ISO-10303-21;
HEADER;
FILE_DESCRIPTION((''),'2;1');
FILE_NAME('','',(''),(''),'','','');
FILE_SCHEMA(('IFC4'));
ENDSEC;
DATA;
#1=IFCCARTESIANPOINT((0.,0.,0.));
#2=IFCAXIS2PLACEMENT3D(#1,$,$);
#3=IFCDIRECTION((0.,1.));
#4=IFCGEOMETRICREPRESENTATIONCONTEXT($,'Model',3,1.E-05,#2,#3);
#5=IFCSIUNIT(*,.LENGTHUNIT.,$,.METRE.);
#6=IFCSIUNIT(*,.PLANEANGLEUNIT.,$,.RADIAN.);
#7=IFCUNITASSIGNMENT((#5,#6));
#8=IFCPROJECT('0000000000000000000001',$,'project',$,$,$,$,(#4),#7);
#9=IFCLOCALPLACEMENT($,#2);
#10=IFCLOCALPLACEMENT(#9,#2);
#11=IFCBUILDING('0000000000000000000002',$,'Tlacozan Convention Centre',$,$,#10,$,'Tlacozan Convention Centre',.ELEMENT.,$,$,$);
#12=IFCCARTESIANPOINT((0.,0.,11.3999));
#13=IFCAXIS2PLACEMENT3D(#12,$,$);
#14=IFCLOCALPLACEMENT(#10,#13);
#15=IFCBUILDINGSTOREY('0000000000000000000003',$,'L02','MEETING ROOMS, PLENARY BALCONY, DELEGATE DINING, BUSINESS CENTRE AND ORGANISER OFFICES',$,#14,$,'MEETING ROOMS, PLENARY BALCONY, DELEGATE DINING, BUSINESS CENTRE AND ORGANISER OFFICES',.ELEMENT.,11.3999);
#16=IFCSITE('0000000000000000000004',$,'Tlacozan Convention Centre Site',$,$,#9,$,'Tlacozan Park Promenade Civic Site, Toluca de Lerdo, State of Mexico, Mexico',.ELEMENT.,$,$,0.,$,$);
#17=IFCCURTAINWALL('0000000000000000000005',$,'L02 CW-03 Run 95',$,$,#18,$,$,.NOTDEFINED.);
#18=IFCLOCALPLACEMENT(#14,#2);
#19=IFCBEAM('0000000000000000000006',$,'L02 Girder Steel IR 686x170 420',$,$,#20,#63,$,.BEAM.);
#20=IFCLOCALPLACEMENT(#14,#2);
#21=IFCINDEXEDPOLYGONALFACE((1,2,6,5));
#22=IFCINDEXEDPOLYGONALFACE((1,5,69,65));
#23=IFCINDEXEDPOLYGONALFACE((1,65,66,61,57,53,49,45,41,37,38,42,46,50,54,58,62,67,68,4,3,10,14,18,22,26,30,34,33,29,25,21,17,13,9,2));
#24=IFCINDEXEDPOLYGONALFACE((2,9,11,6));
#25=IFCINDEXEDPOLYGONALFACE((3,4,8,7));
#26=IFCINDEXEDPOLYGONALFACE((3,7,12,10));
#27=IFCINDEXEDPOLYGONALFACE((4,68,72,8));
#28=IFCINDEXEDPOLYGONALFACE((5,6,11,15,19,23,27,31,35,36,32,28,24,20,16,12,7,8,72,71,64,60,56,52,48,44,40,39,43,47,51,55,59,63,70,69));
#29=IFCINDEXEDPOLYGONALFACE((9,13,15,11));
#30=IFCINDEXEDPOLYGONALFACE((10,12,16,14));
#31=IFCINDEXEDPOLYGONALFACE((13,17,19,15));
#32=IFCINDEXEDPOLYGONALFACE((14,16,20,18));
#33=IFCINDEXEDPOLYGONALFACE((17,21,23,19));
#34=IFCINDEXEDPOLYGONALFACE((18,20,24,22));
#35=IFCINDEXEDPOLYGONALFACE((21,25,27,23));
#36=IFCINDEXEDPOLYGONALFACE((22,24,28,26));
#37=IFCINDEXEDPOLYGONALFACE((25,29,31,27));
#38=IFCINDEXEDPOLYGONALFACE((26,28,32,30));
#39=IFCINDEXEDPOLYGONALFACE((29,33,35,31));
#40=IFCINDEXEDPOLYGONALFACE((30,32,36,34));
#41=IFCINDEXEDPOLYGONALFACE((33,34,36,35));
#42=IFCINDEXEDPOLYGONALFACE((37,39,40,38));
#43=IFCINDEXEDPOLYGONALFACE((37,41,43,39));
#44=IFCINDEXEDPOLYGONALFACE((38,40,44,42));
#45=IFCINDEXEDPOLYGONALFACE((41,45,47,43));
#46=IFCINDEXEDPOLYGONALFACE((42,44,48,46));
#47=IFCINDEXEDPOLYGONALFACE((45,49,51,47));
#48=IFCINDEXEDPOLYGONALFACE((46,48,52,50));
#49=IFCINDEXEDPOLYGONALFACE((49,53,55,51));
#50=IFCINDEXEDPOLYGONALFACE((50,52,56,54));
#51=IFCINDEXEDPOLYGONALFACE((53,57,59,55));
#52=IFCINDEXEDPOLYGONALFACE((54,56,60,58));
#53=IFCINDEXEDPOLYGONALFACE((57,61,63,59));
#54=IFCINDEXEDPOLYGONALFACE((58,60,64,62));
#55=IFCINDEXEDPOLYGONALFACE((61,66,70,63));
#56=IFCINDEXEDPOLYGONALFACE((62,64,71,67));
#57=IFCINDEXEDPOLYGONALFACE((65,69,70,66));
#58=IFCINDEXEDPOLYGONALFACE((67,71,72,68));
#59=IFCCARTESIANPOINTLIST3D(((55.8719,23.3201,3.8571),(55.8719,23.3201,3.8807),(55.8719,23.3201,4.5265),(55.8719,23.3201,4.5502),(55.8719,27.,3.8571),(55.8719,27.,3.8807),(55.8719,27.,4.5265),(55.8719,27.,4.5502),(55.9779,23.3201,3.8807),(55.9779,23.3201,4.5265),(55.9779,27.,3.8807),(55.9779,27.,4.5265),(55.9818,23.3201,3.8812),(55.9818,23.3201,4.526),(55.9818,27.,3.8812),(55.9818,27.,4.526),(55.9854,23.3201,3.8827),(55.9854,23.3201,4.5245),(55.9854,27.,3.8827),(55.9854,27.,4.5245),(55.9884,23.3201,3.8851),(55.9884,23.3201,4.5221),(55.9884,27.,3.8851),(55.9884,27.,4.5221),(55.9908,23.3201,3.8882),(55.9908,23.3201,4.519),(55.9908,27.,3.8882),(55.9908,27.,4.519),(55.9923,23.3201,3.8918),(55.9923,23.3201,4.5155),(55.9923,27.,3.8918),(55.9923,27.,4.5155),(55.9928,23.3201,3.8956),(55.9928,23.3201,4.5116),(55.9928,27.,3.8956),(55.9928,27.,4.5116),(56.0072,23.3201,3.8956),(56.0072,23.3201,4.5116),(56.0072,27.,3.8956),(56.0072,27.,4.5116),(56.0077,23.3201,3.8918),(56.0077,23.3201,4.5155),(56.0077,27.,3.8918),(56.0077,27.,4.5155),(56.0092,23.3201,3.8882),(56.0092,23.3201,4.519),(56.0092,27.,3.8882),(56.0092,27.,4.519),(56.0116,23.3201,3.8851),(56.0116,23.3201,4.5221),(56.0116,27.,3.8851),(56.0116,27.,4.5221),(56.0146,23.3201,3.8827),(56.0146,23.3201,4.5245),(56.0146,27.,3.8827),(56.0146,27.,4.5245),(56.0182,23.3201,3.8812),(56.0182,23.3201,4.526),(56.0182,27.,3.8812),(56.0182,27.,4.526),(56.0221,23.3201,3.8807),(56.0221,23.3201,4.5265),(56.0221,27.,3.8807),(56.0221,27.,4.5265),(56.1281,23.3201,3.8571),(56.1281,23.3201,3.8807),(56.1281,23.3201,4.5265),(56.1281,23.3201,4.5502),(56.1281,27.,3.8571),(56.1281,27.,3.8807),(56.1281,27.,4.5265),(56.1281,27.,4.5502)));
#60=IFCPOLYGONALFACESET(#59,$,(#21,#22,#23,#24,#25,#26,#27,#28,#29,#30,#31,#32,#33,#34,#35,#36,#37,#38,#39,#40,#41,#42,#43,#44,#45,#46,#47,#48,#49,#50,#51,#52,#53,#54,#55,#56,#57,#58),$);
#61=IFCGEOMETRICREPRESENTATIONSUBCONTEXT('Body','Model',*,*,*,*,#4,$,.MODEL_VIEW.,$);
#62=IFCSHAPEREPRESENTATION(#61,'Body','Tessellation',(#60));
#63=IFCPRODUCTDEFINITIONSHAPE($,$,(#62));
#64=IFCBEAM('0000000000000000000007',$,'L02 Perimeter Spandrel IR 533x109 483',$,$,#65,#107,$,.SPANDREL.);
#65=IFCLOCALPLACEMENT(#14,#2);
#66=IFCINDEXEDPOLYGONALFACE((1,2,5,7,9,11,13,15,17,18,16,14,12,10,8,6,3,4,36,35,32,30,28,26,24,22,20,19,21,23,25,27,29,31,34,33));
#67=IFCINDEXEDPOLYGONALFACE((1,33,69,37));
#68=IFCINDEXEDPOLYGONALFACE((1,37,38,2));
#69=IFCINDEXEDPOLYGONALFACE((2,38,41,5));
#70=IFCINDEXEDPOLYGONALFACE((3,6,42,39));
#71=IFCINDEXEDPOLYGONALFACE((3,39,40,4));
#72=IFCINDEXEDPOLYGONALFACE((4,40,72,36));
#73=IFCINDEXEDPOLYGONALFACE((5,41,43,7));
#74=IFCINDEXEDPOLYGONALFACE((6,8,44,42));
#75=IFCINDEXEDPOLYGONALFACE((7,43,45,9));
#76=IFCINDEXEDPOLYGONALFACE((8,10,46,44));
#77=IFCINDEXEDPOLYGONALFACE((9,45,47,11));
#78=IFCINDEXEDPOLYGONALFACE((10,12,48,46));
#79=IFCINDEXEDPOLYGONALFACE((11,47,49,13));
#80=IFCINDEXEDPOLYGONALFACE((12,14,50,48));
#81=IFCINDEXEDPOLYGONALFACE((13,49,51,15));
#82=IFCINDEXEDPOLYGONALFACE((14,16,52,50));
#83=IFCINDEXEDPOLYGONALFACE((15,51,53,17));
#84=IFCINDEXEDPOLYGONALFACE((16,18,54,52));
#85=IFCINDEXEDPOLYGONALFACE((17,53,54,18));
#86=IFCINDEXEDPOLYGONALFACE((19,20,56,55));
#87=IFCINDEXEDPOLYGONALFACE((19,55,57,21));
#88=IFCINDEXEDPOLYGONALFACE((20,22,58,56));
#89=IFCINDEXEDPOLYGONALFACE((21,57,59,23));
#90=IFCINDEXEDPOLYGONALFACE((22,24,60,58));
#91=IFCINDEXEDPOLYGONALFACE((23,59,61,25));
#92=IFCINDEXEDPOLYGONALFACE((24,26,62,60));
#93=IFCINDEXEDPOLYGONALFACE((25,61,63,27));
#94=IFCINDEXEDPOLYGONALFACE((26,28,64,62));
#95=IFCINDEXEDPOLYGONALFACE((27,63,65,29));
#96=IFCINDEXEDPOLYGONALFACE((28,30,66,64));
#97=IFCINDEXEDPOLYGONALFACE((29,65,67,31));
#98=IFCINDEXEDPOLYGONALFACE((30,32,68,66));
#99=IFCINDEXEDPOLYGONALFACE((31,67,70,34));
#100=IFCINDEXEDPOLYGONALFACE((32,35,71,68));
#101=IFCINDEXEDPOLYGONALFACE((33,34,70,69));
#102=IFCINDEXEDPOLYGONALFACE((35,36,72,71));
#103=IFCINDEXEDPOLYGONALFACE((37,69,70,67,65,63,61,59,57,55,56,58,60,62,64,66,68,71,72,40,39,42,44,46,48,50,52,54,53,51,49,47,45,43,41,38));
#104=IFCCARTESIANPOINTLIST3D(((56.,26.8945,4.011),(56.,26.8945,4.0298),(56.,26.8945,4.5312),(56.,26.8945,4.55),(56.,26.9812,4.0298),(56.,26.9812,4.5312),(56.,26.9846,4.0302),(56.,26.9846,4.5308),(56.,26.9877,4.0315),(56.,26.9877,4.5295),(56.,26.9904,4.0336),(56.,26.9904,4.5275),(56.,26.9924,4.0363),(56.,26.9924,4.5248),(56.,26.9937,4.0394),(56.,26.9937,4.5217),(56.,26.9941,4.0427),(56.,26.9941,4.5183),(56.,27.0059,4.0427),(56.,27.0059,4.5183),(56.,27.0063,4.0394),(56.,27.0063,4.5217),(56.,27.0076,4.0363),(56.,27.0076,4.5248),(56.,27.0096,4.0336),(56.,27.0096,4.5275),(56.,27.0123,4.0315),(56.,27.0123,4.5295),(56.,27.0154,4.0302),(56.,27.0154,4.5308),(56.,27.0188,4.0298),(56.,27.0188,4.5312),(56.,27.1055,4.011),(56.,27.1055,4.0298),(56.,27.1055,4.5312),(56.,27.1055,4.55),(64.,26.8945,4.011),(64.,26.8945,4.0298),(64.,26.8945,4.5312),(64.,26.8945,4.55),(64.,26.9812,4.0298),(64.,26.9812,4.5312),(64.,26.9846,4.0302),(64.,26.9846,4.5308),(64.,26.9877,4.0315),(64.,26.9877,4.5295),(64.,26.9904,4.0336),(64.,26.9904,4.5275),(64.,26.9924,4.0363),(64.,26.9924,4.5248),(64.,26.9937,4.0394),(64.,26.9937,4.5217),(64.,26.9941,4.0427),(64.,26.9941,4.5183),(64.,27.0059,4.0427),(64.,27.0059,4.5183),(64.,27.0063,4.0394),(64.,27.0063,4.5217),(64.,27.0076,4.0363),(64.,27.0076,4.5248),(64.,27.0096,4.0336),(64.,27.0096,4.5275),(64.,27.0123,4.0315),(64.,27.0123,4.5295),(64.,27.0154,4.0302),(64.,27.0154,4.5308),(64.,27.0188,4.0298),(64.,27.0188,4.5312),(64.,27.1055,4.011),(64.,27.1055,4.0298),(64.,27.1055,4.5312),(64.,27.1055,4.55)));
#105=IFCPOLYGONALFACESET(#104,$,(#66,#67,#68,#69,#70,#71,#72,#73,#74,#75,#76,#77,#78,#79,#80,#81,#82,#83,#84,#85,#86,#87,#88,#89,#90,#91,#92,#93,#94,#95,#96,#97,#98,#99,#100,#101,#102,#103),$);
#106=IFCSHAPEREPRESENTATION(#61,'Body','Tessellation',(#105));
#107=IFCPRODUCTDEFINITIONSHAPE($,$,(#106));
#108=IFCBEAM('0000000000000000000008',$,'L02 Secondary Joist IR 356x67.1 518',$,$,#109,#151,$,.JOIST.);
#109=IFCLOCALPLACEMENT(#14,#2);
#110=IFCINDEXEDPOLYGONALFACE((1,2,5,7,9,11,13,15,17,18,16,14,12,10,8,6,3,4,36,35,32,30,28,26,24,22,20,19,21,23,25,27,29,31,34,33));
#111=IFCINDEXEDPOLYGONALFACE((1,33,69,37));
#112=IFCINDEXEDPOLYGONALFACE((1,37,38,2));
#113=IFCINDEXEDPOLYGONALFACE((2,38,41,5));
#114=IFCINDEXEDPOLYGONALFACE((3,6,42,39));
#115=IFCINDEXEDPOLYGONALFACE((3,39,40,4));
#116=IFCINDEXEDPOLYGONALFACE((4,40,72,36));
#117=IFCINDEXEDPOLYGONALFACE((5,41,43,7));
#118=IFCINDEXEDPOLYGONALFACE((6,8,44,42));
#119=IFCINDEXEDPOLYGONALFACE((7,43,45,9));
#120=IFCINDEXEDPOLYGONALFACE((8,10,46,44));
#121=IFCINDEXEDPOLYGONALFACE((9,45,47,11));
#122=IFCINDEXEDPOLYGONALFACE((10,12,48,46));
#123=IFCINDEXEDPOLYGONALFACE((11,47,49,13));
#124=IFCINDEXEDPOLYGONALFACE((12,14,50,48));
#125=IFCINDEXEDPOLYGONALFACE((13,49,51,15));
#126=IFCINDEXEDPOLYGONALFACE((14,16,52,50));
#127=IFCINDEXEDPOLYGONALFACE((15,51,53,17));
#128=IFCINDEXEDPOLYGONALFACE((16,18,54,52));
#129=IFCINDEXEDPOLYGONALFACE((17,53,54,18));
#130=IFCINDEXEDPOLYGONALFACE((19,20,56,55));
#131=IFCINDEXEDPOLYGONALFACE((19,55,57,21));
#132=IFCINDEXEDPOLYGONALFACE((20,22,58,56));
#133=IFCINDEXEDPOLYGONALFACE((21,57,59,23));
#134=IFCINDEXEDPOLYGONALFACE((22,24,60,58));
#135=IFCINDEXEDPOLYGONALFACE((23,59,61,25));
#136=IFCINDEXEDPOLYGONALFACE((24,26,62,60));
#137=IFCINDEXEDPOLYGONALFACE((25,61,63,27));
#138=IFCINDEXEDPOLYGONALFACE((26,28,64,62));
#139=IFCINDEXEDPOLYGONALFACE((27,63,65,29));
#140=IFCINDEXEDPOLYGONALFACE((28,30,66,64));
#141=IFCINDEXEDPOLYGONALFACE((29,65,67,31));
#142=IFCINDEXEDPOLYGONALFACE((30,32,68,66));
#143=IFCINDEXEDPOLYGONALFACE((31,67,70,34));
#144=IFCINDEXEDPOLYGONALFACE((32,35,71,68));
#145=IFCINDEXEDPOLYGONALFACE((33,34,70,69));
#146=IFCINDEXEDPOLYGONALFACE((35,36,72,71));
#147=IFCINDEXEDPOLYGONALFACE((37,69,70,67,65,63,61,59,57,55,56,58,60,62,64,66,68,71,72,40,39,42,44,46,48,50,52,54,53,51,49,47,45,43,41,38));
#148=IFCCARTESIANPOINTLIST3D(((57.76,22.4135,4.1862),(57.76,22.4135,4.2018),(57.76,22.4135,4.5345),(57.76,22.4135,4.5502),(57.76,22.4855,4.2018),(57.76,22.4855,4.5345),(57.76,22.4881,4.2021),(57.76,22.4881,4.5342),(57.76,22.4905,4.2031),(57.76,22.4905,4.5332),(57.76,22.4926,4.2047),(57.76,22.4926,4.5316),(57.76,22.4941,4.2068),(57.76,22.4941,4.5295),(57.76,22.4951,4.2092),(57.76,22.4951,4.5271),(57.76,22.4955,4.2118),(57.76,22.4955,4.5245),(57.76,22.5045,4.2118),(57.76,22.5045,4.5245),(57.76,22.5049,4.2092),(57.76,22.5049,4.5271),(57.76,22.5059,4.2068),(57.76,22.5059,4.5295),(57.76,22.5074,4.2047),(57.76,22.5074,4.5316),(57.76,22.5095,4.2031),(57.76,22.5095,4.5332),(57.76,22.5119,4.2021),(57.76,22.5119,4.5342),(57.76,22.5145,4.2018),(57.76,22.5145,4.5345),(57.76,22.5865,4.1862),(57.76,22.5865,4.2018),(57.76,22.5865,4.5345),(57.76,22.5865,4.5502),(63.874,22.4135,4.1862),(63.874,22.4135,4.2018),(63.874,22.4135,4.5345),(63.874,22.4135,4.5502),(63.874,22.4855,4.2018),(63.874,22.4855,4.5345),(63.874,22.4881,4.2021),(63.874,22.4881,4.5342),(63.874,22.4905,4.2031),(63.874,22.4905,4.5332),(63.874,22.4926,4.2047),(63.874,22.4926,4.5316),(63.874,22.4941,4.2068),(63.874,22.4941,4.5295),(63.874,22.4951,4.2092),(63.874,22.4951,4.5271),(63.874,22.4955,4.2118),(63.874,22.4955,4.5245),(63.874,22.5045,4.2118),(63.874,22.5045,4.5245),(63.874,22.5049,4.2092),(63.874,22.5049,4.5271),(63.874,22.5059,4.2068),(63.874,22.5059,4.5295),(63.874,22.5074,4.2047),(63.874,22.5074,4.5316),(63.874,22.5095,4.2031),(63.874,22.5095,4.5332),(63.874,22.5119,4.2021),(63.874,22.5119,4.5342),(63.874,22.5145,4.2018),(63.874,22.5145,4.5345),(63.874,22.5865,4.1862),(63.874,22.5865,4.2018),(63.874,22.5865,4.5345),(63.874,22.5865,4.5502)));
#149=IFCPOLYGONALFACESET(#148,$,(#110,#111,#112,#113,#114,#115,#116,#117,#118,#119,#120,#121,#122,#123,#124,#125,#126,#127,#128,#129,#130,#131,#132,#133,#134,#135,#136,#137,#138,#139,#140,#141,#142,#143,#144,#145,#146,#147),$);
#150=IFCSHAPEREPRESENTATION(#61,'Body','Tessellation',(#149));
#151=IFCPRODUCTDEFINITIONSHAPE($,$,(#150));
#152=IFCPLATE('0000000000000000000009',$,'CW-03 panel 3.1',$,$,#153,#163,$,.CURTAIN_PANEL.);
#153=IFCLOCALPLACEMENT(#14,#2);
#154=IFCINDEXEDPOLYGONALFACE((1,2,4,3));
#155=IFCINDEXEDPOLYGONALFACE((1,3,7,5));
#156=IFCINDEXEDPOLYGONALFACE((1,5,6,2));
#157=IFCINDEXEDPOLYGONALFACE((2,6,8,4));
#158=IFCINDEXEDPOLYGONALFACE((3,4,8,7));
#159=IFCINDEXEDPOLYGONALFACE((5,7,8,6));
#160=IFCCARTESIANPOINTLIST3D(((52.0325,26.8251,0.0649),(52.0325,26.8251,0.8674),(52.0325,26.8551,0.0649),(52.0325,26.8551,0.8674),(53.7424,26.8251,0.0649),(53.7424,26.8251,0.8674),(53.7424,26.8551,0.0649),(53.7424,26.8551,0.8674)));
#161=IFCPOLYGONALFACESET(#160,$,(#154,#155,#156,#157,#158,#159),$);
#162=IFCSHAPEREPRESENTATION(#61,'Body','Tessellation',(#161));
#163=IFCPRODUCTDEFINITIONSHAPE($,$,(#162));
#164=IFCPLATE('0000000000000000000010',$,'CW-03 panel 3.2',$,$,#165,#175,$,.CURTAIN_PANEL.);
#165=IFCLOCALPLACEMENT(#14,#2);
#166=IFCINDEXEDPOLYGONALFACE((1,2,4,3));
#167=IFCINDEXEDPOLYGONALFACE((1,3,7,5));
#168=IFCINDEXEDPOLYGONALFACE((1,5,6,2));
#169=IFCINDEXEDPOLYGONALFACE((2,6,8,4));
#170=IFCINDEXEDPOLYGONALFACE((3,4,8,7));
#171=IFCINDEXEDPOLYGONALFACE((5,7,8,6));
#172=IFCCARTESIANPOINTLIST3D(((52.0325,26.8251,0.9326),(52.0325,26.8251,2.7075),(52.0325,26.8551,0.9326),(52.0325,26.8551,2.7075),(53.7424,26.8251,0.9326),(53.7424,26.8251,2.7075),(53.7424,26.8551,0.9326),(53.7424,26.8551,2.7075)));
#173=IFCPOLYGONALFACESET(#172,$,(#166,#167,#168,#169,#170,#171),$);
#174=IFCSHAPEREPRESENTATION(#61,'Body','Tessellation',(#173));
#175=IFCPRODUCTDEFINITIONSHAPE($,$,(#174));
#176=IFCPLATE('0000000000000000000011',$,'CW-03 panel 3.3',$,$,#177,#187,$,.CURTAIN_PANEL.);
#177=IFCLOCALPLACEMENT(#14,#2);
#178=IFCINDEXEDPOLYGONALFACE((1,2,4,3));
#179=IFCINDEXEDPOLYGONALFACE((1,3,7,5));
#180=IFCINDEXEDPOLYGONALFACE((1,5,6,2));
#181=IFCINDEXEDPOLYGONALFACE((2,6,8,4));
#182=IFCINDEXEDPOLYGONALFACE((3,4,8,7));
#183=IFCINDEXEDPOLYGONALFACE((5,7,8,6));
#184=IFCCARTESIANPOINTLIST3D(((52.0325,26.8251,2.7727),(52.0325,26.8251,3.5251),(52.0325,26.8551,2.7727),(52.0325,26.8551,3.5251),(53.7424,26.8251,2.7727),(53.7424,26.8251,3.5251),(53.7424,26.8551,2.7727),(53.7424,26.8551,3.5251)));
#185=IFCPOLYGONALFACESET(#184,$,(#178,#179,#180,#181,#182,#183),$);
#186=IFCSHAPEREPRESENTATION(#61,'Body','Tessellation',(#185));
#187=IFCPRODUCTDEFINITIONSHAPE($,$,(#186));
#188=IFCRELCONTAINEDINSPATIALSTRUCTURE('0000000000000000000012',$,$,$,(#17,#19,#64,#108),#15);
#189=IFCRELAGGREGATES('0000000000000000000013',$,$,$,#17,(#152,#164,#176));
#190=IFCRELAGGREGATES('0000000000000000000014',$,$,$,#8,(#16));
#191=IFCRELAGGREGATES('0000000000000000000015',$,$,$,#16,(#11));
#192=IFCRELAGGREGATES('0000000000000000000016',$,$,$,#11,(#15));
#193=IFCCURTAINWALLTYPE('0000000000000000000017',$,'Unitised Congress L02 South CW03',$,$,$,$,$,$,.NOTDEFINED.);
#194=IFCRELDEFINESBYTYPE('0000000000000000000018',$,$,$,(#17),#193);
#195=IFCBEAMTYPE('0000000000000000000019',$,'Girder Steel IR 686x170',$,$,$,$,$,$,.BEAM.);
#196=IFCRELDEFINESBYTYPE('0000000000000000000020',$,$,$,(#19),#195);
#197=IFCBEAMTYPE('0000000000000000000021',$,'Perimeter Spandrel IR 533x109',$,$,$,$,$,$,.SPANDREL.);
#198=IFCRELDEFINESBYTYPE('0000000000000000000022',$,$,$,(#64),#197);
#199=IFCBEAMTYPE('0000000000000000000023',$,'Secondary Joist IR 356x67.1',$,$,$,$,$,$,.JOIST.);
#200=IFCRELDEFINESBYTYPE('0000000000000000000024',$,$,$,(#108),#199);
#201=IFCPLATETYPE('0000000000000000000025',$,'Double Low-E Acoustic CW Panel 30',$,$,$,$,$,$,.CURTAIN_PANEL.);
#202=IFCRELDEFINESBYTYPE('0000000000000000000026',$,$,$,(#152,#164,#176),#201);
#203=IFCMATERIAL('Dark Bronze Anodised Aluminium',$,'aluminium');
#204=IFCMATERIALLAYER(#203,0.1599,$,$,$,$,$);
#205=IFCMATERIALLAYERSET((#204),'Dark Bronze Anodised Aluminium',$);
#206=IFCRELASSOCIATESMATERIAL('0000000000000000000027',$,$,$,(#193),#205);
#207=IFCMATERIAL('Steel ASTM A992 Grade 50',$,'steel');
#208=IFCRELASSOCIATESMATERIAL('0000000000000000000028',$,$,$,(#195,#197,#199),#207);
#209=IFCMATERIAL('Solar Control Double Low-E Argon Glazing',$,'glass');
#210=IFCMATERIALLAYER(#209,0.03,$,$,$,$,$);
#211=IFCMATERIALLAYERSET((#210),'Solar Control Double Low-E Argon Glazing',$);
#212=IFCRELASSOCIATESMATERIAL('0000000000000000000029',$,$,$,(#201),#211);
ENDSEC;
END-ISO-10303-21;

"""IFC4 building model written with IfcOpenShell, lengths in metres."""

from ifc_helpers import new_model, si_unit, direction, frame, origin, origin_2d, place, context, subcontext, project, spatial, rectangle, i_section, extrude, material, layer, layer_set, material_profile, profile_set, type_object, element, aggregate, save


model = new_model("IFC4")

# Units and contexts
model_context = context("Model", 3, precision=1e-05, world=origin(), true_north=direction((0.0, 1.0)))
body_context = subcontext(model_context, "Body", "Model", "MODEL_VIEW")
ifc_project = project(units=[si_unit("LENGTHUNIT", "METRE"), si_unit("PLANEANGLEUNIT", "RADIAN")], contexts=[model_context])

# Site, building, storey
site_placement = place(None, origin())
site = spatial("IfcSite", under=ifc_project, at=site_placement, Name="Tlacozan Convention Centre Site", LongName="Tlacozan Park Promenade Civic Site, Toluca de Lerdo, State of Mexico, Mexico", CompositionType="ELEMENT", RefElevation=0.0)
building_placement = place(site_placement, origin())
building = spatial("IfcBuilding", under=site, at=building_placement, Name="Tlacozan Convention Centre", LongName="Tlacozan Convention Centre", CompositionType="ELEMENT")
storey_placement = place(building_placement, frame((0.0, 0.0, 11.3999)))
storey = spatial("IfcBuildingStorey", under=building, at=storey_placement, Name="L02", Description="MEETING ROOMS, PLENARY BALCONY, DELEGATE DINING, BUSINESS CENTRE AND ORGANISER OFFICES", LongName="MEETING ROOMS, PLENARY BALCONY, DELEGATE DINING, BUSINESS CENTRE AND ORGANISER OFFICES", CompositionType="ELEMENT", Elevation=11.3999)

# Curtain wall
ifc_material_1 = material(Name="Dark Bronze Anodised Aluminium", Category="aluminium")
ifc_layer_1 = layer(ifc_material_1, 0.1599)
ifc_layer_set_1 = layer_set([ifc_layer_1], Name="Dark Bronze Anodised Aluminium")
curtain_wall_type = type_object("IfcCurtainWallType", Name="Unitised Congress L02 South CW03", PredefinedType="NOTDEFINED", material=ifc_layer_set_1)
curtain_wall_placement = place(storey_placement, origin())
curtain_wall = element("IfcCurtainWall", 1, at=curtain_wall_placement, inside=storey, type_object=curtain_wall_type, Name="L02 CW-03 Run 95", PredefinedType="NOTDEFINED")

# Beams
ifc_material_2 = material(Name="Steel ASTM A992 Grade 50", Category="steel")
ifc_material_profile_1 = material_profile(ifc_material_2, i_section(OverallWidth=0.2561, OverallDepth=0.6931, WebThickness=0.0144, FlangeThickness=0.0237, FilletRadius=0.0149, at=origin_2d()), Name="IR 686x170.0")
ifc_profile_set_1 = profile_set([ifc_material_profile_1], Name="Steel ASTM A992 Grade 50")
beam_type_1 = type_object("IfcBeamType", Name="Girder Steel IR 686x170", PredefinedType="BEAM", material=ifc_profile_set_1)
beam_1_placement = place(storey_placement, frame((56.0, 23.3201, 4.2036), z_axis=(0.0, 1.0, 0.0), x_axis=(-1.0, 0.0, 0.0)))
element("IfcBeam", 2, at=beam_1_placement, inside=storey, type_object=beam_type_1, Name="L02 Girder Steel IR 686x170 420", PredefinedType="BEAM", context=body_context, shape_type="SweptSolid", body=[
    extrude(i_section(OverallWidth=0.2561, OverallDepth=0.6931, WebThickness=0.0144, FlangeThickness=0.0237, FilletRadius=0.0149, at=origin_2d()), origin(), (0.0, 0.0, 1.0), 3.6799),
])
ifc_material_profile_2 = material_profile(ifc_material_2, i_section(OverallWidth=0.2109, OverallDepth=0.5391, WebThickness=0.0117, FlangeThickness=0.0188, FilletRadius=0.0129, at=origin_2d()), Name="IR 533x109.0")
ifc_profile_set_2 = profile_set([ifc_material_profile_2], Name="Steel ASTM A992 Grade 50")
beam_type_2 = type_object("IfcBeamType", Name="Perimeter Spandrel IR 533x109", PredefinedType="SPANDREL", material=ifc_profile_set_2)
beam_2_placement = place(storey_placement, frame((56.0, 27.0, 4.2805), z_axis=(1.0, 0.0, 0.0), x_axis=(0.0, 1.0, 0.0)))
element("IfcBeam", 3, at=beam_2_placement, inside=storey, type_object=beam_type_2, Name="L02 Perimeter Spandrel IR 533x109 483", PredefinedType="SPANDREL", context=body_context, shape_type="SweptSolid", body=[
    extrude(i_section(OverallWidth=0.2109, OverallDepth=0.5391, WebThickness=0.0117, FlangeThickness=0.0188, FilletRadius=0.0129, at=origin_2d()), origin(), (0.0, 0.0, 1.0), 8.0),
])
ifc_material_profile_3 = material_profile(ifc_material_2, i_section(OverallWidth=0.1731, OverallDepth=0.364, WebThickness=0.009, FlangeThickness=0.0156, FilletRadius=0.01, at=origin_2d()), Name="IR 356x67.1")
ifc_profile_set_3 = profile_set([ifc_material_profile_3], Name="Steel ASTM A992 Grade 50")
beam_type_3 = type_object("IfcBeamType", Name="Secondary Joist IR 356x67.1", PredefinedType="JOIST", material=ifc_profile_set_3)
beam_3_placement = place(storey_placement, frame((57.76, 22.5, 4.3682), z_axis=(1.0, 0.0, 0.0), x_axis=(0.0, 1.0, 0.0)))
element("IfcBeam", 4, at=beam_3_placement, inside=storey, type_object=beam_type_3, Name="L02 Secondary Joist IR 356x67.1 518", PredefinedType="JOIST", context=body_context, shape_type="SweptSolid", body=[
    extrude(i_section(OverallWidth=0.1731, OverallDepth=0.364, WebThickness=0.009, FlangeThickness=0.0156, FilletRadius=0.01, at=origin_2d()), origin(), (0.0, 0.0, 1.0), 6.114),
])

# Plates
ifc_material_3 = material(Name="Solar Control Double Low-E Argon Glazing", Category="glass")
ifc_layer_2 = layer(ifc_material_3, 0.03)
ifc_layer_set_2 = layer_set([ifc_layer_2], Name="Solar Control Double Low-E Argon Glazing")
plate_type = type_object("IfcPlateType", Name="Double Low-E Acoustic CW Panel 30", PredefinedType="CURTAIN_PANEL", material=ifc_layer_set_2)
plate_1_placement = place(storey_placement, frame((52.8875, 26.8401, 0.0649), z_axis=(0.0, 0.0, 1.0), x_axis=(1.0, 0.0, 0.0)))
plate_1 = element("IfcPlate", 5, at=plate_1_placement, type_object=plate_type, Name="CW-03 panel 3.1", PredefinedType="CURTAIN_PANEL", context=body_context, shape_type="SweptSolid", body=[
    extrude(rectangle(XDim=1.71, YDim=0.03, at=origin_2d()), origin(), (0.0, 0.0, 1.0), 0.8025),
])
plate_2_placement = place(storey_placement, frame((52.8875, 26.8401, 0.9326), z_axis=(0.0, 0.0, 1.0), x_axis=(1.0, 0.0, 0.0)))
plate_2 = element("IfcPlate", 6, at=plate_2_placement, type_object=plate_type, Name="CW-03 panel 3.2", PredefinedType="CURTAIN_PANEL", context=body_context, shape_type="SweptSolid", body=[
    extrude(rectangle(XDim=1.71, YDim=0.03, at=origin_2d()), origin(), (0.0, 0.0, 1.0), 1.7749),
])
plate_3_placement = place(storey_placement, frame((52.8875, 26.8401, 2.7727), z_axis=(0.0, 0.0, 1.0), x_axis=(1.0, 0.0, 0.0)))
plate_3 = element("IfcPlate", 7, at=plate_3_placement, type_object=plate_type, Name="CW-03 panel 3.3", PredefinedType="CURTAIN_PANEL", context=body_context, shape_type="SweptSolid", body=[
    extrude(rectangle(XDim=1.71, YDim=0.03, at=origin_2d()), origin(), (0.0, 0.0, 1.0), 0.7524),
])
aggregate(curtain_wall, [plate_1, plate_2, plate_3])

save(model, "model.ifc")
